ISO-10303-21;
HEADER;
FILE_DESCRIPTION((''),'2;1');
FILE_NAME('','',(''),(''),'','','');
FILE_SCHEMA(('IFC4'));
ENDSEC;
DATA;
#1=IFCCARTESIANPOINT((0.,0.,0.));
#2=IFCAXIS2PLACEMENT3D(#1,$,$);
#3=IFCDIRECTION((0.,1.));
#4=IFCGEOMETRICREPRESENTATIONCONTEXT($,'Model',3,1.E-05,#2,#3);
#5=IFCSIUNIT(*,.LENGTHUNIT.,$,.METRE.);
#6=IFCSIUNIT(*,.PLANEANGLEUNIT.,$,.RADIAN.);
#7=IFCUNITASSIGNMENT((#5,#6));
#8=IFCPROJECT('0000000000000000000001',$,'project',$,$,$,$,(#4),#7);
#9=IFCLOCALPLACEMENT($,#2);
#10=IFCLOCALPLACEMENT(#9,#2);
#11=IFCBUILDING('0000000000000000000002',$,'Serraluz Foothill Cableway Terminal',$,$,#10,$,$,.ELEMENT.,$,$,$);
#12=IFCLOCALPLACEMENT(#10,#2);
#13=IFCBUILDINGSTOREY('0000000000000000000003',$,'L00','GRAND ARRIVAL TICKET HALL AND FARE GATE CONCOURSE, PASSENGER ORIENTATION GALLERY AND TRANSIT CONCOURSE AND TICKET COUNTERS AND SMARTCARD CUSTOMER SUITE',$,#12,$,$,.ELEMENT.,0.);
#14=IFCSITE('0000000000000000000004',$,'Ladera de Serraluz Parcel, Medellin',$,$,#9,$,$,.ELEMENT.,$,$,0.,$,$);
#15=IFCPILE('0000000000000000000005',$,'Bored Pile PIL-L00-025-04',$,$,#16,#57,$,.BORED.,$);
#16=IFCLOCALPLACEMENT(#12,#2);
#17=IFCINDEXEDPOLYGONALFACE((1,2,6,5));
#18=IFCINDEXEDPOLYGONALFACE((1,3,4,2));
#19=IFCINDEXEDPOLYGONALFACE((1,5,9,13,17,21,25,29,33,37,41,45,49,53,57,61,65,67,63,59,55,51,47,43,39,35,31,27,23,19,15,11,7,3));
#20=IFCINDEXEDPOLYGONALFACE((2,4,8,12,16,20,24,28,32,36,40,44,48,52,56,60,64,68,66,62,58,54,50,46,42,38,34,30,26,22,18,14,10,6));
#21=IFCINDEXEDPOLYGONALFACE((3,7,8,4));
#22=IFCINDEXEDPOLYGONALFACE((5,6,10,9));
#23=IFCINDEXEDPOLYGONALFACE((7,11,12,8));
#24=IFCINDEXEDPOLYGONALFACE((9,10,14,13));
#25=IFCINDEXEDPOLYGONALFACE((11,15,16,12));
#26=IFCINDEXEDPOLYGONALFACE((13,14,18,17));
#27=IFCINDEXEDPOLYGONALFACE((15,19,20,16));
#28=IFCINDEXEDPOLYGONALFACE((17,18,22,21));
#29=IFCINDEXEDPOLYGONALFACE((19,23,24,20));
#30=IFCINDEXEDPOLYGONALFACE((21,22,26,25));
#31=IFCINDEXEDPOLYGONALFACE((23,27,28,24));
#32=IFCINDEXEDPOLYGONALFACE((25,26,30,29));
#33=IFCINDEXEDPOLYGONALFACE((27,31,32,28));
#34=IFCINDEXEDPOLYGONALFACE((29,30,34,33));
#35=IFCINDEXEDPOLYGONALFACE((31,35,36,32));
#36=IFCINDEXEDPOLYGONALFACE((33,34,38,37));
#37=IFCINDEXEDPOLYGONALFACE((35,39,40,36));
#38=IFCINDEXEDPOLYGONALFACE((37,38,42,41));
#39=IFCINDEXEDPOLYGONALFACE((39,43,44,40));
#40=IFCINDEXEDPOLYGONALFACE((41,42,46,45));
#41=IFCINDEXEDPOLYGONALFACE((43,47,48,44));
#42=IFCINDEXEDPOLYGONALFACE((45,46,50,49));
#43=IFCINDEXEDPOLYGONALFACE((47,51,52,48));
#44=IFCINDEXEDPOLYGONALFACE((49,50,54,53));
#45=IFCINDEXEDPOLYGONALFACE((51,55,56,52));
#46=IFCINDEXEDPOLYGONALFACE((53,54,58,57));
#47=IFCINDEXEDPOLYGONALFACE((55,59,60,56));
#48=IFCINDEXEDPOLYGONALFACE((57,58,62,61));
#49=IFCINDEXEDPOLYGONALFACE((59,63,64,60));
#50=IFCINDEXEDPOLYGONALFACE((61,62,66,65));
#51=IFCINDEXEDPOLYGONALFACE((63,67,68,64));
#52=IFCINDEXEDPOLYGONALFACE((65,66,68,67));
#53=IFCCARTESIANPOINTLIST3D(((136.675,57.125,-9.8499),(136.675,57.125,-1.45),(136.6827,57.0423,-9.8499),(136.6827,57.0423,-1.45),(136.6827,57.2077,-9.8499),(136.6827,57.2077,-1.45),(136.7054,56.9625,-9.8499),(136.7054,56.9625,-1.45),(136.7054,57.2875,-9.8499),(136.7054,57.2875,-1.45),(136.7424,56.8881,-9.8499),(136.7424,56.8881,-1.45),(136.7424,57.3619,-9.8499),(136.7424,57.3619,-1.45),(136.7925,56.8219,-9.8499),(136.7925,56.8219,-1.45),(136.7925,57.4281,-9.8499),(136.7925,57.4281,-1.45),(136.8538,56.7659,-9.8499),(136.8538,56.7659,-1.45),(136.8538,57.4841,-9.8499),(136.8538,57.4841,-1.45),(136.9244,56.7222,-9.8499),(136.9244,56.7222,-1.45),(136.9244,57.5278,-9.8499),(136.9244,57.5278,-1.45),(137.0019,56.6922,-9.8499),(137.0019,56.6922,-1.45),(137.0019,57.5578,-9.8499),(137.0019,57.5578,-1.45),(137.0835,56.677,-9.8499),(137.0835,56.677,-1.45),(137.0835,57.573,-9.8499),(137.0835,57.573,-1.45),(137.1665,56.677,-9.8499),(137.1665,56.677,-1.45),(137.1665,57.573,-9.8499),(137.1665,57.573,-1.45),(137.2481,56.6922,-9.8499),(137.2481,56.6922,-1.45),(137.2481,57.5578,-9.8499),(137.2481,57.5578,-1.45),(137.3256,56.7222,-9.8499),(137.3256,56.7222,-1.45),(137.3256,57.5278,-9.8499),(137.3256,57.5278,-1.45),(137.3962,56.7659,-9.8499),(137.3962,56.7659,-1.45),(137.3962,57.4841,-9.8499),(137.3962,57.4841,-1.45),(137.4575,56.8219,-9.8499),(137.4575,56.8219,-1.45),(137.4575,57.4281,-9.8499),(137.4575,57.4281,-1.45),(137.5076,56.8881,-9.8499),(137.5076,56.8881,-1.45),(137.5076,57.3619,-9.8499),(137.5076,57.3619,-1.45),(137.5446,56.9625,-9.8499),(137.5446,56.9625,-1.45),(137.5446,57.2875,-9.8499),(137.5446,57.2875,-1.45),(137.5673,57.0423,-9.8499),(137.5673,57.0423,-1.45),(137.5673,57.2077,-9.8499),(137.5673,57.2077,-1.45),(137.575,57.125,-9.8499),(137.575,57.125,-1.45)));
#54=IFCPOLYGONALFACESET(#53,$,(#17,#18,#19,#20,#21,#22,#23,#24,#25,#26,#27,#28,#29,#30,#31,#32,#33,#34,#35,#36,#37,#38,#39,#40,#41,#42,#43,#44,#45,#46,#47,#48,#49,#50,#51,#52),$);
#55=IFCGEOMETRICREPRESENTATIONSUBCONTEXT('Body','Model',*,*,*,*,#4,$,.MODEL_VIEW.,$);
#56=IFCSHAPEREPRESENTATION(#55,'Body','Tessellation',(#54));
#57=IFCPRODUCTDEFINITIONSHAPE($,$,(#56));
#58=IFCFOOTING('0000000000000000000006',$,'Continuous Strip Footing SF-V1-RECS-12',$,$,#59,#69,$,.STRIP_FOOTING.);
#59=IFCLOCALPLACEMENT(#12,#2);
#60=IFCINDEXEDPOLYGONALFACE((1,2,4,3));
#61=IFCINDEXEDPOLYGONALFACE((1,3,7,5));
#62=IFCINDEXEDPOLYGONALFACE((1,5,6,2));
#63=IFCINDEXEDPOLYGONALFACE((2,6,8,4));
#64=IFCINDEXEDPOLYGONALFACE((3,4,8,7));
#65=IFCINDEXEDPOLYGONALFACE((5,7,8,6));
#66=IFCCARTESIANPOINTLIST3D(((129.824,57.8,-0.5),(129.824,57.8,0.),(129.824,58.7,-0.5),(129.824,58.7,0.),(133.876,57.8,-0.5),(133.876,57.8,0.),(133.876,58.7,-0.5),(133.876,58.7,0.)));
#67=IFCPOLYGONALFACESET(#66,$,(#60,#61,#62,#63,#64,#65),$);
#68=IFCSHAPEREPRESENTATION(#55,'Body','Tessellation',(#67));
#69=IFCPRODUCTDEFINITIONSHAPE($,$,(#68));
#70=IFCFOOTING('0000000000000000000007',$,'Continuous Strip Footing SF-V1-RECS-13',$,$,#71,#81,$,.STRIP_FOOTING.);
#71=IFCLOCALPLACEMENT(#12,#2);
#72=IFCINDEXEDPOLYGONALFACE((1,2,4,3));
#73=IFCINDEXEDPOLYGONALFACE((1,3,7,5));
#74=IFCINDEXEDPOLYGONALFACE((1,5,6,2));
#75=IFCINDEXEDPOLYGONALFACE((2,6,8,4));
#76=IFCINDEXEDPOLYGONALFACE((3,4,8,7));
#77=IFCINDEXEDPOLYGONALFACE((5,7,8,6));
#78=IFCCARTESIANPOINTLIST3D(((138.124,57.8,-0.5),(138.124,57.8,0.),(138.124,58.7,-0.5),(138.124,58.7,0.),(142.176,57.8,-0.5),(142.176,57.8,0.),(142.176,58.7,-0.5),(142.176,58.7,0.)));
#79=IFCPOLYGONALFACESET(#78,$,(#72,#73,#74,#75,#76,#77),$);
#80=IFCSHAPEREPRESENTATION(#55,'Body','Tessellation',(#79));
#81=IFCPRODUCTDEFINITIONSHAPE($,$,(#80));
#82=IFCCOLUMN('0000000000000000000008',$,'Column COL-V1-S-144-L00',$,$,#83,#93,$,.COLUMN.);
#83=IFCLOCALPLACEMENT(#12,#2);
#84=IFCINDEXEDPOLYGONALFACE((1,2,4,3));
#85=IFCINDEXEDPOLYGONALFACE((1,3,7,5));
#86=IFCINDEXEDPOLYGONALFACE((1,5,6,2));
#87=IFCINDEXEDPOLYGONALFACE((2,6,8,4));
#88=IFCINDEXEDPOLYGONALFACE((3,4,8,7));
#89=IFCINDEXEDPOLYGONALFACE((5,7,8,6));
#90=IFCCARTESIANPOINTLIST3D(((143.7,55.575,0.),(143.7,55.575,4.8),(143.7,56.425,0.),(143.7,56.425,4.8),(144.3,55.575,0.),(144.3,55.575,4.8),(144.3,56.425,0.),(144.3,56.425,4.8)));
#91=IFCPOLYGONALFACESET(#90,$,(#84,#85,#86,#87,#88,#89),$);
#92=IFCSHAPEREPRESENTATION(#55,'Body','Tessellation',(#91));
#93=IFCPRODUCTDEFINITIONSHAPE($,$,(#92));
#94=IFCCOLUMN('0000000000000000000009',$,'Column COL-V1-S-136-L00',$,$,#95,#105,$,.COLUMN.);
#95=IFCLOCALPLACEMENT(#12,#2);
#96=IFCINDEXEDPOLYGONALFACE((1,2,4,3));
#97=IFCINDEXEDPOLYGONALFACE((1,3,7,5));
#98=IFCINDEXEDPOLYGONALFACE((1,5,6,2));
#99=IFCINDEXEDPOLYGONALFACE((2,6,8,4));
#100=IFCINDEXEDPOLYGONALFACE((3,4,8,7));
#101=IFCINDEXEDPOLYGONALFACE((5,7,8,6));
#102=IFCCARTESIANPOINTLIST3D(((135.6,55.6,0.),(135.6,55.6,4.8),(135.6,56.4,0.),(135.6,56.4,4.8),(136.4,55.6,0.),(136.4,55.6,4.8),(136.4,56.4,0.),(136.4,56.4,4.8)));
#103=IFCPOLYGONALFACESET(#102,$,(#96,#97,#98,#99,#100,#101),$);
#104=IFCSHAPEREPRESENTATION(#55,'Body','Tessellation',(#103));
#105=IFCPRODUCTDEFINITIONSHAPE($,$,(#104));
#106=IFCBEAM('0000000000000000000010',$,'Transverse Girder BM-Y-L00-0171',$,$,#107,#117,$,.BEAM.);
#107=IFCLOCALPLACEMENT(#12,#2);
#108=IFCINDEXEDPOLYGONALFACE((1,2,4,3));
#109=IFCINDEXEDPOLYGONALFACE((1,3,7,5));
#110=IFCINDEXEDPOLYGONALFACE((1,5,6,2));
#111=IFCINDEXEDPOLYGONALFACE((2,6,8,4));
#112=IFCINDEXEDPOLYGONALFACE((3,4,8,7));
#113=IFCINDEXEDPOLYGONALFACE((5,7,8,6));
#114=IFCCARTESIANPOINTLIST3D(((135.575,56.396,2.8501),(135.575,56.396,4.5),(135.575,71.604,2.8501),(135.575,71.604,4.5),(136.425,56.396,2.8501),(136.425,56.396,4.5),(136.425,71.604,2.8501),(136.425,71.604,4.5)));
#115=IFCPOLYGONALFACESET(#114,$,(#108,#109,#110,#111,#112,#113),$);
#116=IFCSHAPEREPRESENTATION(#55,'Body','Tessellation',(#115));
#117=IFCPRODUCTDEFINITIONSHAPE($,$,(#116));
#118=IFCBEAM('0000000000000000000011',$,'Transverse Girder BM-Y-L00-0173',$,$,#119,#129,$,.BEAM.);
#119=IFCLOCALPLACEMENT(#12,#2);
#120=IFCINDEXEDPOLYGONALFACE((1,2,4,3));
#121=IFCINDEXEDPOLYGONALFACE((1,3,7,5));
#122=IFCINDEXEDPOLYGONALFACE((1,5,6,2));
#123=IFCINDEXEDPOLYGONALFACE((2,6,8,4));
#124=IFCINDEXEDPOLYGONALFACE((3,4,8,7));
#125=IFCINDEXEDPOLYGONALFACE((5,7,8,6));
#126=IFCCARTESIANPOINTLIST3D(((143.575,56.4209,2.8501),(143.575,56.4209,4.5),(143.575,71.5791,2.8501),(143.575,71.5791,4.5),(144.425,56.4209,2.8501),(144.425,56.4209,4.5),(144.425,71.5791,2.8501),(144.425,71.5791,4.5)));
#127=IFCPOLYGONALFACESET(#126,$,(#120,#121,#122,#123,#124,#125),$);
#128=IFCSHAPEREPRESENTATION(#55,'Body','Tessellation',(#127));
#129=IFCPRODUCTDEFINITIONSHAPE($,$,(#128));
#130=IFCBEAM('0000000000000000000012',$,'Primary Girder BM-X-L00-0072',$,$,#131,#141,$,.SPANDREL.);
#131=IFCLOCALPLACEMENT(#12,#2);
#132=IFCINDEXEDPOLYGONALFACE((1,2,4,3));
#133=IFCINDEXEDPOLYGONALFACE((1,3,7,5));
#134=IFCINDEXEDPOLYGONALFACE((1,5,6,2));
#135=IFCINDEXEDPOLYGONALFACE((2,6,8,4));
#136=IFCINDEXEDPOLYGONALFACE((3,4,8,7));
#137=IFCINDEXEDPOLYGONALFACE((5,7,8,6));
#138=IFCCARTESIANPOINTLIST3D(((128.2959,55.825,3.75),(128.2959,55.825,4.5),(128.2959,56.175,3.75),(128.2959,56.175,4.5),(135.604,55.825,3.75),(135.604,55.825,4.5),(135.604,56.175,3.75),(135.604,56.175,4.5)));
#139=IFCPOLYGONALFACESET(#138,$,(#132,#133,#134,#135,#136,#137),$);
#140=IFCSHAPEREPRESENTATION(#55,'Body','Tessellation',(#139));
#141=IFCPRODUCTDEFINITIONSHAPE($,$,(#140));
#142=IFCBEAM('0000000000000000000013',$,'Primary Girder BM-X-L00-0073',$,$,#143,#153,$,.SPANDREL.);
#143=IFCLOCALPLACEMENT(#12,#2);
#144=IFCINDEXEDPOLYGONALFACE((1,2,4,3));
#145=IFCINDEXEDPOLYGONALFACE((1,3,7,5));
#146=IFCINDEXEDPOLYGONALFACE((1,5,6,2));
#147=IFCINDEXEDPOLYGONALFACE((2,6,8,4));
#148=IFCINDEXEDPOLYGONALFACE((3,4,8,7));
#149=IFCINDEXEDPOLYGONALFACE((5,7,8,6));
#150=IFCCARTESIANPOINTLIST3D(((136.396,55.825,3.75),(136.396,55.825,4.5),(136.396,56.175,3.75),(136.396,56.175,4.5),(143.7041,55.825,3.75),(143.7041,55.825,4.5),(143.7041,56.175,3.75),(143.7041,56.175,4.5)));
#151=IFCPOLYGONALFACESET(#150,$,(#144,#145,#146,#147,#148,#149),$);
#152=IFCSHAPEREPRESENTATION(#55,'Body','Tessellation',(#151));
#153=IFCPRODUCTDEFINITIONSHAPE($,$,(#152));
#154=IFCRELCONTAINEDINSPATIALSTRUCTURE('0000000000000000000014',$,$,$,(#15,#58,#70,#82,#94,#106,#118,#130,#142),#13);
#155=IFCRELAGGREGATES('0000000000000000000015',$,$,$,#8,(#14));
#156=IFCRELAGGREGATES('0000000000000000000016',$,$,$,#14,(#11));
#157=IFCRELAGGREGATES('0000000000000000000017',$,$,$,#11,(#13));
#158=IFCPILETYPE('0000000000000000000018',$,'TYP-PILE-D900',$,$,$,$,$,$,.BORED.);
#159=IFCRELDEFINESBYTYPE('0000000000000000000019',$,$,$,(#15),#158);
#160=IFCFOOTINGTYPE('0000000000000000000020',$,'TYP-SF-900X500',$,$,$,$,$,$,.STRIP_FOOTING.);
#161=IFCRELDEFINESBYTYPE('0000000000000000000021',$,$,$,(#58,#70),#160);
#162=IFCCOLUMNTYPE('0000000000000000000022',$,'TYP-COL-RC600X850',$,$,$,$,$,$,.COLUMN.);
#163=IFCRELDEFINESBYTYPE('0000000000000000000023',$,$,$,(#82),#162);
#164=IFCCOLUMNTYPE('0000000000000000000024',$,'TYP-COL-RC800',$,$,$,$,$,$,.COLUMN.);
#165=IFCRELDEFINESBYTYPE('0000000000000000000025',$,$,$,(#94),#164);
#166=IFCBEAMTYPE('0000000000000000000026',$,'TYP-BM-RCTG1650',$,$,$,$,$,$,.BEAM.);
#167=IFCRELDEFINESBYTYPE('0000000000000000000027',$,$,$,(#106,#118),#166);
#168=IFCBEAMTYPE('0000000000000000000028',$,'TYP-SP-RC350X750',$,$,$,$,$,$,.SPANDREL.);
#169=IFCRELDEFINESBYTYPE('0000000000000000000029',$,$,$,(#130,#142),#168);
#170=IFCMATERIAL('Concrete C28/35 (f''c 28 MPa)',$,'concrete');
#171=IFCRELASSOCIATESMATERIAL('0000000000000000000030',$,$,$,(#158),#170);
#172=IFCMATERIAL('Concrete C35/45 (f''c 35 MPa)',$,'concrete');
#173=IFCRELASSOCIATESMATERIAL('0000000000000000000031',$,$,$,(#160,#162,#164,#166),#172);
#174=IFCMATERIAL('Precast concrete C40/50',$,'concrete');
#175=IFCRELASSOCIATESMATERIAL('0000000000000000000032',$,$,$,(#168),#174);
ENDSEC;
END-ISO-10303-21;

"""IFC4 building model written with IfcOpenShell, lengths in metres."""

from ifc_helpers import new_model, si_unit, direction, frame, origin, origin_2d, place, context, subcontext, project, spatial, rectangle, circle, extrude, material, material_profile, profile_set, type_object, element, save


model = new_model("IFC4")

# Units and contexts
model_context = context("Model", 3, precision=1e-05, world=origin(), true_north=direction((0.0, 1.0)))
body_context = subcontext(model_context, "Body", "Model", "MODEL_VIEW")
ifc_project = project(units=[si_unit("LENGTHUNIT", "METRE"), si_unit("PLANEANGLEUNIT", "RADIAN")], contexts=[model_context])

# Site, building, storey
site_placement = place(None, origin())
site = spatial("IfcSite", under=ifc_project, at=site_placement, Name="Ladera de Serraluz Parcel, Medellin", CompositionType="ELEMENT", RefElevation=0.0)
building_placement = place(site_placement, origin())
building = spatial("IfcBuilding", under=site, at=building_placement, Name="Serraluz Foothill Cableway Terminal", CompositionType="ELEMENT")
storey_placement = place(building_placement, origin())
storey = spatial("IfcBuildingStorey", under=building, at=storey_placement, Name="L00", Description="GRAND ARRIVAL TICKET HALL AND FARE GATE CONCOURSE, PASSENGER ORIENTATION GALLERY AND TRANSIT CONCOURSE AND TICKET COUNTERS AND SMARTCARD CUSTOMER SUITE", CompositionType="ELEMENT", Elevation=0.0)

# Shared definitions
ifc_material_1 = material(Name="Concrete C35/45 (f'c 35 MPa)", Category="concrete")

# Pile
ifc_material_2 = material(Name="Concrete C28/35 (f'c 28 MPa)", Category="concrete")
ifc_material_profile_1 = material_profile(ifc_material_2, circle(Radius=0.45, at=origin_2d()), Name="BORED PILE D900")
ifc_profile_set_1 = profile_set([ifc_material_profile_1], Name="Concrete C28/35 (f'c 28 MPa)")
pile_type_1 = type_object("IfcPileType", Name="TYP-PILE-D900", PredefinedType="BORED", material=ifc_profile_set_1)
for number, where, z_axis, x_axis, name in (
    (1, (137.125, 57.125, -1.45), (0.0, 0.0, -1.0), (1.0, 0.0, 0.0), "Bored Pile PIL-L00-025-04"),
):
    element("IfcPile", number, at=place(storey_placement, frame(where, z_axis=z_axis, x_axis=x_axis)), inside=storey, type_object=pile_type_1, Name=name, PredefinedType="BORED", context=body_context, shape_type="SweptSolid", body=[
        extrude(circle(Radius=0.45, at=origin_2d()), origin(), (0.0, 0.0, 1.0), 8.3999),
    ])

# Footings
ifc_material_profile_2 = material_profile(ifc_material_1, rectangle(XDim=0.8999, YDim=0.5, at=origin_2d()), Name="SF 900x500")
ifc_profile_set_2 = profile_set([ifc_material_profile_2], Name="Concrete C35/45 (f'c 35 MPa)")
footing_type_1 = type_object("IfcFootingType", Name="TYP-SF-900X500", PredefinedType="STRIP_FOOTING", material=ifc_profile_set_2)
for number, where, z_axis, x_axis, name in (
    (2, (129.824, 58.25, -0.25), (1.0, 0.0, 0.0), (0.0, 1.0, 0.0), "Continuous Strip Footing SF-V1-RECS-12"),
    (3, (138.124, 58.25, -0.25), (1.0, 0.0, 0.0), (0.0, 1.0, 0.0), "Continuous Strip Footing SF-V1-RECS-13"),
):
    element("IfcFooting", number, at=place(storey_placement, frame(where, z_axis=z_axis, x_axis=x_axis)), inside=storey, type_object=footing_type_1, Name=name, PredefinedType="STRIP_FOOTING", context=body_context, shape_type="SweptSolid", body=[
        extrude(rectangle(XDim=0.8999, YDim=0.5, at=origin_2d()), origin(), (0.0, 0.0, 1.0), 4.052),
    ])

# Columns
ifc_material_profile_3 = material_profile(ifc_material_1, rectangle(XDim=0.6001, YDim=0.8501, at=origin_2d()), Name="RC 600x850")
ifc_profile_set_3 = profile_set([ifc_material_profile_3], Name="Concrete C35/45 (f'c 35 MPa)")
column_type_1 = type_object("IfcColumnType", Name="TYP-COL-RC600X850", PredefinedType="COLUMN", material=ifc_profile_set_3)
column_1_placement = place(storey_placement, frame((144.0, 56.0, 0.0), z_axis=(0.0, 0.0, 1.0), x_axis=(1.0, 0.0, 0.0)))
element("IfcColumn", 4, at=column_1_placement, inside=storey, type_object=column_type_1, Name="Column COL-V1-S-144-L00", PredefinedType="COLUMN", context=body_context, shape_type="SweptSolid", body=[
    extrude(rectangle(XDim=0.6001, YDim=0.8501, at=origin_2d()), origin(), (0.0, 0.0, 1.0), 4.8),
])
ifc_material_profile_4 = material_profile(ifc_material_1, rectangle(XDim=0.8, YDim=0.8, at=origin_2d()), Name="RC 800x800")
ifc_profile_set_4 = profile_set([ifc_material_profile_4], Name="Concrete C35/45 (f'c 35 MPa)")
column_type_2 = type_object("IfcColumnType", Name="TYP-COL-RC800", PredefinedType="COLUMN", material=ifc_profile_set_4)
column_2_placement = place(storey_placement, frame((136.0, 56.0, 0.0), z_axis=(0.0, 0.0, 1.0), x_axis=(1.0, 0.0, 0.0)))
element("IfcColumn", 5, at=column_2_placement, inside=storey, type_object=column_type_2, Name="Column COL-V1-S-136-L00", PredefinedType="COLUMN", context=body_context, shape_type="SweptSolid", body=[
    extrude(rectangle(XDim=0.8, YDim=0.8, at=origin_2d()), origin(), (0.0, 0.0, 1.0), 4.8),
])

# Beams
ifc_material_profile_5 = material_profile(ifc_material_1, rectangle(XDim=0.8501, YDim=1.6499, at=origin_2d()), Name="RC TG 850x1650")
ifc_profile_set_5 = profile_set([ifc_material_profile_5], Name="Concrete C35/45 (f'c 35 MPa)")
beam_type_1 = type_object("IfcBeamType", Name="TYP-BM-RCTG1650", PredefinedType="BEAM", material=ifc_profile_set_5)
beam_1_placement = place(storey_placement, frame((136.0, 56.396, 3.675), z_axis=(0.0, 1.0, 0.0), x_axis=(-1.0, 0.0, 0.0)))
element("IfcBeam", 6, at=beam_1_placement, inside=storey, type_object=beam_type_1, Name="Transverse Girder BM-Y-L00-0171", PredefinedType="BEAM", context=body_context, shape_type="SweptSolid", body=[
    extrude(rectangle(XDim=0.8501, YDim=1.6499, at=origin_2d()), origin(), (0.0, 0.0, 1.0), 15.208),
])
beam_2_placement = place(storey_placement, frame((144.0, 56.4209, 3.675), z_axis=(0.0, 1.0, 0.0), x_axis=(-1.0, 0.0, 0.0)))
element("IfcBeam", 7, at=beam_2_placement, inside=storey, type_object=beam_type_1, Name="Transverse Girder BM-Y-L00-0173", PredefinedType="BEAM", context=body_context, shape_type="SweptSolid", body=[
    extrude(rectangle(XDim=0.8501, YDim=1.6499, at=origin_2d()), origin(), (0.0, 0.0, 1.0), 15.1582),
])
ifc_material_3 = material(Name="Precast concrete C40/50", Category="concrete")
ifc_material_profile_6 = material_profile(ifc_material_3, rectangle(XDim=0.3501, YDim=0.75, at=origin_2d()), Name="RC SP 350x750")
ifc_profile_set_6 = profile_set([ifc_material_profile_6], Name="Precast concrete C40/50")
beam_type_2 = type_object("IfcBeamType", Name="TYP-SP-RC350X750", PredefinedType="SPANDREL", material=ifc_profile_set_6)
for number, where, z_axis, x_axis, name in (
    (8, (128.2959, 56.0, 4.125), (1.0, 0.0, 0.0), (0.0, 1.0, 0.0), "Primary Girder BM-X-L00-0072"),
    (9, (136.396, 56.0, 4.125), (1.0, 0.0, 0.0), (0.0, 1.0, 0.0), "Primary Girder BM-X-L00-0073"),
):
    element("IfcBeam", number, at=place(storey_placement, frame(where, z_axis=z_axis, x_axis=x_axis)), inside=storey, type_object=beam_type_2, Name=name, PredefinedType="SPANDREL", context=body_context, shape_type="SweptSolid", body=[
        extrude(rectangle(XDim=0.3501, YDim=0.75, at=origin_2d()), origin(), (0.0, 0.0, 1.0), 7.3081),
    ])

save(model, "model.ifc")
